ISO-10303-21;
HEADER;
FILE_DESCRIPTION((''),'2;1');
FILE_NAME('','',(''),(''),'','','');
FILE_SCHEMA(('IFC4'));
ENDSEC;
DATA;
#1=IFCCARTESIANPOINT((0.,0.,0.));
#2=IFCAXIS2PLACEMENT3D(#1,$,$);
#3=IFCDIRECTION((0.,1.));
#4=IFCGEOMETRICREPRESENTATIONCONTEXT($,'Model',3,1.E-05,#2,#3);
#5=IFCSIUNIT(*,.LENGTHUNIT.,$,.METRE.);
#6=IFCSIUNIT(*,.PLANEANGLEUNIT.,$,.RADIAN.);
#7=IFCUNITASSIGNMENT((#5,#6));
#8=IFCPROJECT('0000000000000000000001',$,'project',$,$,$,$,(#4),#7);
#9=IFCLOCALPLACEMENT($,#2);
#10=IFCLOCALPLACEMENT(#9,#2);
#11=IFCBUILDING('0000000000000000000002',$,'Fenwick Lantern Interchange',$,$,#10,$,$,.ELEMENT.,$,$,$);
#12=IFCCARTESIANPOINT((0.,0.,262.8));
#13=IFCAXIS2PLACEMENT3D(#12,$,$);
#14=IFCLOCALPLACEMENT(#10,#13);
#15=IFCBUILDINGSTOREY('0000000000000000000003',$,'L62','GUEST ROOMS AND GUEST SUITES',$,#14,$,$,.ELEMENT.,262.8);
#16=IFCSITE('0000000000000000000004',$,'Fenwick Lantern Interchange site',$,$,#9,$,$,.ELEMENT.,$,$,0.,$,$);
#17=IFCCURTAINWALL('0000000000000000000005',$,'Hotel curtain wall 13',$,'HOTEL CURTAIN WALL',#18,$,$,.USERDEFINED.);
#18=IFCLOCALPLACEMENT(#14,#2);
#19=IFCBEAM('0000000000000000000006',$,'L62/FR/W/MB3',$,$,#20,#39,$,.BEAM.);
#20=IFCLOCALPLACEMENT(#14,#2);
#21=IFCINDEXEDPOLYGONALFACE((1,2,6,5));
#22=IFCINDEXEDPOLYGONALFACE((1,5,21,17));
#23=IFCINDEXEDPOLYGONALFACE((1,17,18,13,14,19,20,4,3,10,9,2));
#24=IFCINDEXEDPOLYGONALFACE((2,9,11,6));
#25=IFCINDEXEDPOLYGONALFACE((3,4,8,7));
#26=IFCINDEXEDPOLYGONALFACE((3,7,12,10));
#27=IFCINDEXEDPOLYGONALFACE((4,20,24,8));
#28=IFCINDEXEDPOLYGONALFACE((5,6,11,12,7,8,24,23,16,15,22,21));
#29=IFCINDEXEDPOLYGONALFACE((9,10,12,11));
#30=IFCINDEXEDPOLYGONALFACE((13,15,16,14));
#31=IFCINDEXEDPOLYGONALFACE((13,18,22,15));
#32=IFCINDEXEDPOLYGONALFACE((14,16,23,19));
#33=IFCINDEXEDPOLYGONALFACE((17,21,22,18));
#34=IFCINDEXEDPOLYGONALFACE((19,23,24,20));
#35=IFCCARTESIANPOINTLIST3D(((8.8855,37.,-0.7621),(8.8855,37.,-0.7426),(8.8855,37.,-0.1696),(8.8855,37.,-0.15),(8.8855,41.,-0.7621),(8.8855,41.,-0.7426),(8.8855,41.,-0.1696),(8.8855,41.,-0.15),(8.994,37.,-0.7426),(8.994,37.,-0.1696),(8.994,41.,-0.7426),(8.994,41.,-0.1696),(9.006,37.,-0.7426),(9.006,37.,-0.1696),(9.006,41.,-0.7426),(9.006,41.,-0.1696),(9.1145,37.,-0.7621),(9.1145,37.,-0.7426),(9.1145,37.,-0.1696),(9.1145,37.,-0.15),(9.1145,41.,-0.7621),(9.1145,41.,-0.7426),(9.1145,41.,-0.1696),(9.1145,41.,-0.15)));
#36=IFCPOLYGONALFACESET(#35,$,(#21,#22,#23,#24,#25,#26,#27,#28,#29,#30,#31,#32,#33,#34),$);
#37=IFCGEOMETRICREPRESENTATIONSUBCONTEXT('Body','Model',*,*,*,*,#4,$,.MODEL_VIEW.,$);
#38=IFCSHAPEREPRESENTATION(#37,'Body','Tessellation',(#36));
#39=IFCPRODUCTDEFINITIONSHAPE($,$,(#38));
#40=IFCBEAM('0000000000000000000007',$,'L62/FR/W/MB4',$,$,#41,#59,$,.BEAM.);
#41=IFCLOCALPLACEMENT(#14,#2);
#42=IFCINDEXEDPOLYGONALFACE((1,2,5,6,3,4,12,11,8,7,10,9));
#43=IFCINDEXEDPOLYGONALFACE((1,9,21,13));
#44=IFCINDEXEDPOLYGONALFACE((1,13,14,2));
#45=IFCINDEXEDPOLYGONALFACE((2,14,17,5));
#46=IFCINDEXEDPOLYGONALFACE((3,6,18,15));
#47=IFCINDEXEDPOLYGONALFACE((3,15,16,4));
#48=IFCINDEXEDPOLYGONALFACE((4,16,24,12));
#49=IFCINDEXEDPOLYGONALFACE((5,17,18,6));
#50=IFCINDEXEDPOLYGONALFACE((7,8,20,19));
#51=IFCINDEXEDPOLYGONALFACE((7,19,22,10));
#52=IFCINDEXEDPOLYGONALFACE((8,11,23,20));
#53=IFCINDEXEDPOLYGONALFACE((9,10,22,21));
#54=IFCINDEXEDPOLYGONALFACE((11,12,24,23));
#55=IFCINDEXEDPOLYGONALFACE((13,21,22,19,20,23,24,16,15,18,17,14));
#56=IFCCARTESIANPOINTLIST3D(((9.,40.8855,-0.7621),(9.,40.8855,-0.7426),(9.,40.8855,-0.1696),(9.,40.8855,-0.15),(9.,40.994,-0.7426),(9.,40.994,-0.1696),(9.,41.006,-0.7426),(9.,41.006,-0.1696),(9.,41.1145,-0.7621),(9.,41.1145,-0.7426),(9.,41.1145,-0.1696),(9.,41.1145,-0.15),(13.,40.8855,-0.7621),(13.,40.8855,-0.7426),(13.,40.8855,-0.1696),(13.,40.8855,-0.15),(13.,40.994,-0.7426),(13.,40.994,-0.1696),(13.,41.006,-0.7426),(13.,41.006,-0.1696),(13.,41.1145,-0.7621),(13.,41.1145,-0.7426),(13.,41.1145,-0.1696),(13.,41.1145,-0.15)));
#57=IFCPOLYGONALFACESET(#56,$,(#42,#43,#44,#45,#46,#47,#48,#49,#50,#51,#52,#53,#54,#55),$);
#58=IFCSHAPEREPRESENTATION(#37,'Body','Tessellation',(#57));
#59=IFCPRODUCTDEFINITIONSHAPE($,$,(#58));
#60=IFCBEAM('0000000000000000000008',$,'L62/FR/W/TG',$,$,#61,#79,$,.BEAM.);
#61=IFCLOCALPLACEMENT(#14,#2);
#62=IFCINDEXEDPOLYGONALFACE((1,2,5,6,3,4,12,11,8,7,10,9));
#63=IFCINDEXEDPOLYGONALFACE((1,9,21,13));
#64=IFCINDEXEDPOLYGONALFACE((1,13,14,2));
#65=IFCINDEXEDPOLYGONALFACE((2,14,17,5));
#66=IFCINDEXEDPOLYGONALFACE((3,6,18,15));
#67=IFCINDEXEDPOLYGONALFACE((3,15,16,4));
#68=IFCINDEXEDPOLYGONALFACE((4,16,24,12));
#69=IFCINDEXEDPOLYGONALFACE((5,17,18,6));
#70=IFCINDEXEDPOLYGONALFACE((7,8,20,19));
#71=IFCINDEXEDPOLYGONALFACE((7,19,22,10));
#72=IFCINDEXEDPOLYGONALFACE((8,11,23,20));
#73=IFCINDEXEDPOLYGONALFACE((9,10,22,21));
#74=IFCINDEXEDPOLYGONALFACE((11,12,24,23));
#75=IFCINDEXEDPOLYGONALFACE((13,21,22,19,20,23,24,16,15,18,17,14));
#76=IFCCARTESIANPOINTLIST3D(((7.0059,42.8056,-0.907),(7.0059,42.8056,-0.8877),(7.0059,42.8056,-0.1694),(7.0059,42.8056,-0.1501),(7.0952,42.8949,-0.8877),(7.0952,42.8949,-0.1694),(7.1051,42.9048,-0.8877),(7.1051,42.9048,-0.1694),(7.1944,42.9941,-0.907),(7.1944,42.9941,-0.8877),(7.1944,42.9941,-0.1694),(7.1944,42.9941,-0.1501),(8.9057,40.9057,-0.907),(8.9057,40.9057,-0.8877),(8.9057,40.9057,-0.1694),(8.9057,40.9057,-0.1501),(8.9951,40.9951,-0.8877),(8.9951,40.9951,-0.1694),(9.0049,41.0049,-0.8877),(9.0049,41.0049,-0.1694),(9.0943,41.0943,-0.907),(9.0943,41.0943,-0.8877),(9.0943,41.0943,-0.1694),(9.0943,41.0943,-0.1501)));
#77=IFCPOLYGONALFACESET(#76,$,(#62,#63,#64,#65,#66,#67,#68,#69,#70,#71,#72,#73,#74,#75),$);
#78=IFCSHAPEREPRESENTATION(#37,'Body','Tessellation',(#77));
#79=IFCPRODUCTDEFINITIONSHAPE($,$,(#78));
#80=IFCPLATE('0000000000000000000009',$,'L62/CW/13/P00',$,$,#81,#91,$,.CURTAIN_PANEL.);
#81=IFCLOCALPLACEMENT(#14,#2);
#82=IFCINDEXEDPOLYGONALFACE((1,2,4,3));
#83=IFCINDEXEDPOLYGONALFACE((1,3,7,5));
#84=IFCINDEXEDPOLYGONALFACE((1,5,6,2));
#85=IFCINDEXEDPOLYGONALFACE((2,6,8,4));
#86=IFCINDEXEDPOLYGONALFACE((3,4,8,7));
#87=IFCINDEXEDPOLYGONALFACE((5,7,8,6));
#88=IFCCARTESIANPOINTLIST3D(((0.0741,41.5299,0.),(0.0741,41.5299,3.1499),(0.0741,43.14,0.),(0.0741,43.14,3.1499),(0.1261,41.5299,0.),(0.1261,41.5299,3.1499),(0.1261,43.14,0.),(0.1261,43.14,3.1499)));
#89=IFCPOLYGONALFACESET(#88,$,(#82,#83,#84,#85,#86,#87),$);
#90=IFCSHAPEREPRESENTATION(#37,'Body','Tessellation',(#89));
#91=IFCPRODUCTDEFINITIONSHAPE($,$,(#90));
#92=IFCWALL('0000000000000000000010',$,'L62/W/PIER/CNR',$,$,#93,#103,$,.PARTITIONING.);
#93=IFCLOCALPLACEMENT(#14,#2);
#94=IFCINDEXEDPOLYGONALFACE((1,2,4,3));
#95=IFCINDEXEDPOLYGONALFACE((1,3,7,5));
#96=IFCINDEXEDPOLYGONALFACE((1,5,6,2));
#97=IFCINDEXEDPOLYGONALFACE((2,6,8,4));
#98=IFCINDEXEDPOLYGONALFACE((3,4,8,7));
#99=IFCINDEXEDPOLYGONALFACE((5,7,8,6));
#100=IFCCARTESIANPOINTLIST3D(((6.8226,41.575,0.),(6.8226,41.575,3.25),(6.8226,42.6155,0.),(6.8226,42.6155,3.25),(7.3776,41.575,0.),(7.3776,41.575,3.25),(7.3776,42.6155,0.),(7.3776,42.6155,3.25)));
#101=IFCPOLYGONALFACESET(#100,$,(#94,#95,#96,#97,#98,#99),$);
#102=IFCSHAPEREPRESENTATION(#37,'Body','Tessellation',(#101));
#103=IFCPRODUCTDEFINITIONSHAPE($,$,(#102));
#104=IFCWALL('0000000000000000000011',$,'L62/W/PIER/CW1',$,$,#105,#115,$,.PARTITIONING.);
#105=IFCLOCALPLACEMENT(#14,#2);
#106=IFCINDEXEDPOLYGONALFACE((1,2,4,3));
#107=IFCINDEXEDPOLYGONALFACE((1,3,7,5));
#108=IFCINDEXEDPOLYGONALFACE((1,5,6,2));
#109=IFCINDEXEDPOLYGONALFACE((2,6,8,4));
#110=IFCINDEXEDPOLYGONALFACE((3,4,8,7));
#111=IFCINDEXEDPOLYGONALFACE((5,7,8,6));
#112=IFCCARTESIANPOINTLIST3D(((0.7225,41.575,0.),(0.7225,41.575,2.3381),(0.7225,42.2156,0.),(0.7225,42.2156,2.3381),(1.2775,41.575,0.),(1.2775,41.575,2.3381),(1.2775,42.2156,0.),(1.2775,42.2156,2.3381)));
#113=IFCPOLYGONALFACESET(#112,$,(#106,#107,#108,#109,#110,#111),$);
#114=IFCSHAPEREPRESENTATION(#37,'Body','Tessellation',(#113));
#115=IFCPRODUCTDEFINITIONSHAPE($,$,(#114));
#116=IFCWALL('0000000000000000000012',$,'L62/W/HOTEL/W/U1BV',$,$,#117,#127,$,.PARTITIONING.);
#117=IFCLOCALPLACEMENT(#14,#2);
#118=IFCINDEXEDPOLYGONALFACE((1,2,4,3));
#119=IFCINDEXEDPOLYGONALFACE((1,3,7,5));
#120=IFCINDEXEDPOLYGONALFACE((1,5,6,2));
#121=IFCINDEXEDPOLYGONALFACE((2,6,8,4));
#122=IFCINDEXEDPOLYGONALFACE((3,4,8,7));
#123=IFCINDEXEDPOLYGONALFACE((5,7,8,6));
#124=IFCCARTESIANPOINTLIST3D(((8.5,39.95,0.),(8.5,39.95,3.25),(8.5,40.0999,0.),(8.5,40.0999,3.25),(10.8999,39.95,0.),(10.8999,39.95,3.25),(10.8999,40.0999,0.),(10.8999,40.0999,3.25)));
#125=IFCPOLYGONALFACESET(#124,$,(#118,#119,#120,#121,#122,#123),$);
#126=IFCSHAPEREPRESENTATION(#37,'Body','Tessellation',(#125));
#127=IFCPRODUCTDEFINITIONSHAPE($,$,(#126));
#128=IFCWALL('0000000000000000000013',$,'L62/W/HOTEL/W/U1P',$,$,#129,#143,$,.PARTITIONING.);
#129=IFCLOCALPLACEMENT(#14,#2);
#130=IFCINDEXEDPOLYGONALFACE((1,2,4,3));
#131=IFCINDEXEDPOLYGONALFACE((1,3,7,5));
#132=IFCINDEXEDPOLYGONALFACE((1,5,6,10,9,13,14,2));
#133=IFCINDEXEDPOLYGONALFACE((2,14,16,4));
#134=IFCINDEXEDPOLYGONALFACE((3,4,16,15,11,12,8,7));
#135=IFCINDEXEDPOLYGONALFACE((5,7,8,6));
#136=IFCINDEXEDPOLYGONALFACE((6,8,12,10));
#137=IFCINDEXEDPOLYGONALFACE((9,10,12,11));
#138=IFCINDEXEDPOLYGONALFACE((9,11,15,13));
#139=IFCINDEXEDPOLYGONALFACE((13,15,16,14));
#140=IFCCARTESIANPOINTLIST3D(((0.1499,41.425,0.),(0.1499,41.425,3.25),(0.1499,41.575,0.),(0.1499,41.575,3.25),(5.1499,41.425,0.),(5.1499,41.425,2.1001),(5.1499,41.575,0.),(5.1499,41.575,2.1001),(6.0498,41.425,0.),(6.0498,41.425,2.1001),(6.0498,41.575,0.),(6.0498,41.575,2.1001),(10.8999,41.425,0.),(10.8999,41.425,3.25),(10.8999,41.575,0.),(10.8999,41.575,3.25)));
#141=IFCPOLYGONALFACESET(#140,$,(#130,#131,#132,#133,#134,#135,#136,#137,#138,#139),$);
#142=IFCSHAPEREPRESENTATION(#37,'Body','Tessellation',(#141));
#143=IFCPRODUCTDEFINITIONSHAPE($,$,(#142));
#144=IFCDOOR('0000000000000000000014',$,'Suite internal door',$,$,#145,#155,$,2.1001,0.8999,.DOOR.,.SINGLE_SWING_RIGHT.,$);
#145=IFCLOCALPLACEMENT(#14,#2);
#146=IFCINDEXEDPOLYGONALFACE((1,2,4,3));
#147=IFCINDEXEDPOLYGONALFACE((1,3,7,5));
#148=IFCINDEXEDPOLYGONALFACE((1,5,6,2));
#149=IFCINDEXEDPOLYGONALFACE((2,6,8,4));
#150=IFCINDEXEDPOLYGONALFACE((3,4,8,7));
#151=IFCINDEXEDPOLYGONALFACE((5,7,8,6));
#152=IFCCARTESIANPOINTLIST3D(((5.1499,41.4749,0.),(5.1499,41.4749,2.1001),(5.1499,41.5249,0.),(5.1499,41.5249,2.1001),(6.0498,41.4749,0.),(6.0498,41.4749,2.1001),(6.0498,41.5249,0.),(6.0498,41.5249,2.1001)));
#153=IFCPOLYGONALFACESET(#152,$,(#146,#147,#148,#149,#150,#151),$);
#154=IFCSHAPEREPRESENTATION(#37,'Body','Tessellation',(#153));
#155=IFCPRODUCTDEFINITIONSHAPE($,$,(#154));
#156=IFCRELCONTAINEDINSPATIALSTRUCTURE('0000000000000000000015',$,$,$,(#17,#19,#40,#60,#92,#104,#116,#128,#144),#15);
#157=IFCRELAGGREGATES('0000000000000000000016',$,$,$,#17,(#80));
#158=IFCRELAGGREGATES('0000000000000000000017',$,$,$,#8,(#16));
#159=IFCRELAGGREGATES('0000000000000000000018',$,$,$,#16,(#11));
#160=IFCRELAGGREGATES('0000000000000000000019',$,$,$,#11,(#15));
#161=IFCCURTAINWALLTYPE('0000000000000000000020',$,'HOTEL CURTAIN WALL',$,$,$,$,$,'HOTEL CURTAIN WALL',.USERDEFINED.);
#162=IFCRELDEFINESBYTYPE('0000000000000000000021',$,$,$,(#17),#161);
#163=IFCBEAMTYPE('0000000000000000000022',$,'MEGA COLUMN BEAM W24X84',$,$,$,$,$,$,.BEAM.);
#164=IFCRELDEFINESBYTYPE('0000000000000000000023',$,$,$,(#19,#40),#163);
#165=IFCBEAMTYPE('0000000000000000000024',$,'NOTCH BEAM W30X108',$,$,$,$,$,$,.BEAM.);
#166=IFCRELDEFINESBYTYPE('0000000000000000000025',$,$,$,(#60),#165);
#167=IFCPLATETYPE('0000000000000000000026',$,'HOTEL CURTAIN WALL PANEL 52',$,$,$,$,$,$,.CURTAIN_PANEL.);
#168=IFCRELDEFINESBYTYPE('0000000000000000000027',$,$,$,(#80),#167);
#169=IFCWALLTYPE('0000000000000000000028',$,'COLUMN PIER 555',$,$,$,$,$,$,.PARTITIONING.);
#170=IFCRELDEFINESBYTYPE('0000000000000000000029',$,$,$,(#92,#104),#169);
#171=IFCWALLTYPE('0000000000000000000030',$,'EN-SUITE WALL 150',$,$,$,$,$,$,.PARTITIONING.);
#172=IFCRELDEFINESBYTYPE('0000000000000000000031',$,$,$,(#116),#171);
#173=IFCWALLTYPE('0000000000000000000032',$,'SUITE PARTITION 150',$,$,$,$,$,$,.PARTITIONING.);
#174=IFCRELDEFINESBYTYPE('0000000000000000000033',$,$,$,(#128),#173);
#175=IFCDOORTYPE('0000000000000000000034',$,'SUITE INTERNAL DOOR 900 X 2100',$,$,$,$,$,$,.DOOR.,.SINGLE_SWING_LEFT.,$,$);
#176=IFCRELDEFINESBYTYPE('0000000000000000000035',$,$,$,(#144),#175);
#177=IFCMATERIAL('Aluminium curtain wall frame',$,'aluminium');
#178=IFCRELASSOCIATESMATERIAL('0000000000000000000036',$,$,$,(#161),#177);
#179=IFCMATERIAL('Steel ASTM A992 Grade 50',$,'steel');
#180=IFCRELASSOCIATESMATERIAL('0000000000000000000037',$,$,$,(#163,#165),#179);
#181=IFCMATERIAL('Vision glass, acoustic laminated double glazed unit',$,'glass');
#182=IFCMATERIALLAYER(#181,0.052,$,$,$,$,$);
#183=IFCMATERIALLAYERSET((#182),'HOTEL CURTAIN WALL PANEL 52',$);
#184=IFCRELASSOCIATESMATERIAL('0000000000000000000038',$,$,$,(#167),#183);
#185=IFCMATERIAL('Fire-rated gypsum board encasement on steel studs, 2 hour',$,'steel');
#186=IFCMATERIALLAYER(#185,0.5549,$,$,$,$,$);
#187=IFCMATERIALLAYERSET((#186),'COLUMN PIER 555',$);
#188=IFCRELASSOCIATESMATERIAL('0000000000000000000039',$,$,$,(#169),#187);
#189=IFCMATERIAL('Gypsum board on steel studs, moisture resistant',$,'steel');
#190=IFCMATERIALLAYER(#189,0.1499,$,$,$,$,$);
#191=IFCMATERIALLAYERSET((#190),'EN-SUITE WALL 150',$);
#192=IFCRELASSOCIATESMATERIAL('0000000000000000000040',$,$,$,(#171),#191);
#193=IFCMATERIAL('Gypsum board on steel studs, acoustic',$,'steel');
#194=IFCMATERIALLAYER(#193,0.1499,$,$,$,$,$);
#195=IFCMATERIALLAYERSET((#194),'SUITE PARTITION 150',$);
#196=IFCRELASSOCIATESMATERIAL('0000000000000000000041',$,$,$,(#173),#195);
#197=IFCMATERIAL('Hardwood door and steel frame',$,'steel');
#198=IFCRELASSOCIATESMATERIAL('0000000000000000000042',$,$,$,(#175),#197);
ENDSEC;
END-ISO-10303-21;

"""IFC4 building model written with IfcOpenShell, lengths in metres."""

from ifc_helpers import new_model, si_unit, direction, frame, frame_2d, origin, origin_2d, place, context, subcontext, project, spatial, rectangle, i_section, extrude, material, layer, layer_set, material_profile, profile_set, type_object, element, fill, aggregate, save


model = new_model("IFC4")

# Units and contexts
model_context = context("Model", 3, precision=1e-05, world=origin(), true_north=direction((0.0, 1.0)))
body_context = subcontext(model_context, "Body", "Model", "MODEL_VIEW")
ifc_project = project(units=[si_unit("LENGTHUNIT", "METRE"), si_unit("PLANEANGLEUNIT", "RADIAN")], contexts=[model_context])

# Site, building, storey
site_placement = place(None, origin())
site = spatial("IfcSite", under=ifc_project, at=site_placement, Name="Fenwick Lantern Interchange site", CompositionType="ELEMENT", RefElevation=0.0)
building_placement = place(site_placement, origin())
building = spatial("IfcBuilding", under=site, at=building_placement, Name="Fenwick Lantern Interchange", CompositionType="ELEMENT")
storey_placement = place(building_placement, frame((0.0, 0.0, 262.8)))
storey = spatial("IfcBuildingStorey", under=building, at=storey_placement, Name="L62", Description="GUEST ROOMS AND GUEST SUITES", CompositionType="ELEMENT", Elevation=262.8)

# Shared definitions
ifc_material_1 = material(Name="Steel ASTM A992 Grade 50", Category="steel")

# Curtain wall
ifc_material_2 = material(Name="Aluminium curtain wall frame", Category="aluminium")
curtain_wall_type = type_object("IfcCurtainWallType", Name="HOTEL CURTAIN WALL", ElementType="HOTEL CURTAIN WALL", PredefinedType="USERDEFINED", material=ifc_material_2)
curtain_wall_placement = place(storey_placement, origin())
curtain_wall = element("IfcCurtainWall", 1, at=curtain_wall_placement, inside=storey, type_object=curtain_wall_type, Name="Hotel curtain wall 13", ObjectType="HOTEL CURTAIN WALL", PredefinedType="USERDEFINED")

# Beams
ifc_material_profile_1 = material_profile(ifc_material_1, i_section(OverallWidth=0.229, OverallDepth=0.6121, WebThickness=0.012, FlangeThickness=0.0195, at=origin_2d()), Name="W24X84")
ifc_profile_set_1 = profile_set([ifc_material_profile_1], Name="Steel ASTM A992 Grade 50")
beam_type_1 = type_object("IfcBeamType", Name="MEGA COLUMN BEAM W24X84", PredefinedType="BEAM", material=ifc_profile_set_1)
for number, where, z_axis, x_axis, name in (
    (2, (9.0, 41.0, -0.4561), (0.0, -1.0, 0.0), (1.0, 0.0, 0.0), "L62/FR/W/MB3"),
    (3, (9.0, 41.0, -0.4561), (1.0, 0.0, 0.0), (0.0, 1.0, 0.0), "L62/FR/W/MB4"),
):
    element("IfcBeam", number, at=place(storey_placement, frame(where, z_axis=z_axis, x_axis=x_axis)), inside=storey, type_object=beam_type_1, Name=name, PredefinedType="BEAM", context=body_context, shape_type="SweptSolid", body=[
        extrude(i_section(OverallWidth=0.229, OverallDepth=0.6121, WebThickness=0.012, FlangeThickness=0.0195, at=origin_2d()), origin(), (0.0, 0.0, 1.0), 4.0),
    ])
ifc_material_profile_2 = material_profile(ifc_material_1, i_section(OverallWidth=0.2666, OverallDepth=0.7568, WebThickness=0.0139, FlangeThickness=0.0193, at=origin_2d()), Name="W30X108")
ifc_profile_set_2 = profile_set([ifc_material_profile_2], Name="Steel ASTM A992 Grade 50")
beam_type_2 = type_object("IfcBeamType", Name="NOTCH BEAM W30X108", PredefinedType="BEAM", material=ifc_profile_set_2)
beam_1_placement = place(storey_placement, frame((9.0, 41.0, -0.5286), z_axis=(-0.707107, 0.707107, 0.0), x_axis=(-0.707107, -0.707107, 0.0)))
element("IfcBeam", 4, at=beam_1_placement, inside=storey, type_object=beam_type_2, Name="L62/FR/W/TG", PredefinedType="BEAM", context=body_context, shape_type="SweptSolid", body=[
    extrude(i_section(OverallWidth=0.2666, OverallDepth=0.7568, WebThickness=0.0139, FlangeThickness=0.0193, at=origin_2d()), origin(), (0.0, 0.0, 1.0), 2.6868),
])

# Plate
ifc_material_3 = material(Name="Vision glass, acoustic laminated double glazed unit", Category="glass")
ifc_layer_1 = layer(ifc_material_3, 0.052)
ifc_layer_set_1 = layer_set([ifc_layer_1], Name="HOTEL CURTAIN WALL PANEL 52")
plate_type = type_object("IfcPlateType", Name="HOTEL CURTAIN WALL PANEL 52", PredefinedType="CURTAIN_PANEL", material=ifc_layer_set_1)
plate_placement = place(storey_placement, frame((0.1001, 42.335, 0.0), z_axis=(0.0, 0.0, 1.0), x_axis=(0.0, -1.0, 0.0)))
plate = element("IfcPlate", 5, at=plate_placement, type_object=plate_type, Name="L62/CW/13/P00", PredefinedType="CURTAIN_PANEL", context=body_context, shape_type="SweptSolid", body=[
    extrude(rectangle(XDim=1.6101, YDim=0.052, at=origin_2d()), origin(), (0.0, 0.0, 1.0), 3.1499),
])
aggregate(curtain_wall, [plate])

# Walls
ifc_material_4 = material(Name="Fire-rated gypsum board encasement on steel studs, 2 hour", Category="steel")
ifc_layer_2 = layer(ifc_material_4, 0.5549)
ifc_layer_set_2 = layer_set([ifc_layer_2], Name="COLUMN PIER 555")
wall_type_1 = type_object("IfcWallType", Name="COLUMN PIER 555", PredefinedType="PARTITIONING", material=ifc_layer_set_2)
wall_1_placement = place(storey_placement, frame((7.1001, 41.575, 0.0), z_axis=(0.0, 0.0, 1.0), x_axis=(0.0, 1.0, 0.0)))
element("IfcWall", 6, at=wall_1_placement, inside=storey, type_object=wall_type_1, Name="L62/W/PIER/CNR", PredefinedType="PARTITIONING", context=body_context, shape_type="SweptSolid", body=[
    extrude(rectangle(XDim=1.0405, YDim=0.5549, at=frame_2d((0.5203, 0.0))), origin(), (0.0, 0.0, 1.0), 3.25),
])
wall_2_placement = place(storey_placement, frame((1.0, 41.575, 0.0), z_axis=(0.0, 0.0, 1.0), x_axis=(0.0, 1.0, 0.0)))
element("IfcWall", 7, at=wall_2_placement, inside=storey, type_object=wall_type_1, Name="L62/W/PIER/CW1", PredefinedType="PARTITIONING", context=body_context, shape_type="SweptSolid", body=[
    extrude(rectangle(XDim=0.6406, YDim=0.5549, at=frame_2d((0.3203, 0.0))), origin(), (0.0, 0.0, 1.0), 2.3381),
])
ifc_material_5 = material(Name="Gypsum board on steel studs, moisture resistant", Category="steel")
ifc_layer_3 = layer(ifc_material_5, 0.1499)
ifc_layer_set_3 = layer_set([ifc_layer_3], Name="EN-SUITE WALL 150")
wall_type_2 = type_object("IfcWallType", Name="EN-SUITE WALL 150", PredefinedType="PARTITIONING", material=ifc_layer_set_3)
wall_3_placement = place(storey_placement, frame((8.5, 40.0249, 0.0), z_axis=(0.0, 0.0, 1.0), x_axis=(1.0, 0.0, 0.0)))
element("IfcWall", 8, at=wall_3_placement, inside=storey, type_object=wall_type_2, Name="L62/W/HOTEL/W/U1BV", PredefinedType="PARTITIONING", context=body_context, shape_type="SweptSolid", body=[
    extrude(rectangle(XDim=2.3999, YDim=0.1499, at=frame_2d((1.2, 0.0))), origin(), (0.0, 0.0, 1.0), 3.25),
])

# Wall, opening, door
ifc_material_6 = material(Name="Gypsum board on steel studs, acoustic", Category="steel")
ifc_layer_4 = layer(ifc_material_6, 0.1499)
ifc_layer_set_4 = layer_set([ifc_layer_4], Name="SUITE PARTITION 150")
wall_type_3 = type_object("IfcWallType", Name="SUITE PARTITION 150", PredefinedType="PARTITIONING", material=ifc_layer_set_4)
wall_4_placement = place(storey_placement, frame((0.1499, 41.5, 0.0), z_axis=(0.0, 0.0, 1.0), x_axis=(1.0, 0.0, 0.0)))
wall_4 = element("IfcWall", 9, at=wall_4_placement, inside=storey, type_object=wall_type_3, Name="L62/W/HOTEL/W/U1P", PredefinedType="PARTITIONING", context=body_context, shape_type="SweptSolid", body=[
    extrude(rectangle(XDim=10.75, YDim=0.1499, at=frame_2d((5.375, 0.0))), origin(), (0.0, 0.0, 1.0), 3.25),
])
opening_placement = place(wall_4_placement, frame((5.0, 0.0, 0.0)))
opening = element("IfcOpeningElement", 10, at=opening_placement, cuts=wall_4, PredefinedType="OPENING", context=body_context, shape_type="SweptSolid", body=[
    extrude(rectangle(XDim=0.8999, YDim=2.1001, at=frame_2d((0.45, 1.05))), frame((0.0, 0.085, 0.0), z_axis=(0.0, -1.0, 0.0), x_axis=(1.0, 0.0, 0.0)), (0.0, 0.0, 1.0), 0.1699),
])
ifc_material_7 = material(Name="Hardwood door and steel frame", Category="steel")
door_type = type_object("IfcDoorType", Name="SUITE INTERNAL DOOR 900 X 2100", OperationType="SINGLE_SWING_LEFT", PredefinedType="DOOR", material=ifc_material_7)
door_placement = place(opening_placement, origin())
door = element("IfcDoor", 11, at=door_placement, inside=storey, type_object=door_type, Name="Suite internal door", OperationType="SINGLE_SWING_RIGHT", OverallHeight=2.1001, OverallWidth=0.8999, PredefinedType="DOOR", context=body_context, shape_type="SweptSolid", body=[
    extrude(rectangle(XDim=0.8999, YDim=2.1001, at=frame_2d((0.45, 1.05))), frame((0.0, 0.0249, 0.0), z_axis=(0.0, -1.0, 0.0), x_axis=(1.0, 0.0, 0.0)), (0.0, 0.0, 1.0), 0.05),
])
fill(opening, door)

save(model, "model.ifc")
